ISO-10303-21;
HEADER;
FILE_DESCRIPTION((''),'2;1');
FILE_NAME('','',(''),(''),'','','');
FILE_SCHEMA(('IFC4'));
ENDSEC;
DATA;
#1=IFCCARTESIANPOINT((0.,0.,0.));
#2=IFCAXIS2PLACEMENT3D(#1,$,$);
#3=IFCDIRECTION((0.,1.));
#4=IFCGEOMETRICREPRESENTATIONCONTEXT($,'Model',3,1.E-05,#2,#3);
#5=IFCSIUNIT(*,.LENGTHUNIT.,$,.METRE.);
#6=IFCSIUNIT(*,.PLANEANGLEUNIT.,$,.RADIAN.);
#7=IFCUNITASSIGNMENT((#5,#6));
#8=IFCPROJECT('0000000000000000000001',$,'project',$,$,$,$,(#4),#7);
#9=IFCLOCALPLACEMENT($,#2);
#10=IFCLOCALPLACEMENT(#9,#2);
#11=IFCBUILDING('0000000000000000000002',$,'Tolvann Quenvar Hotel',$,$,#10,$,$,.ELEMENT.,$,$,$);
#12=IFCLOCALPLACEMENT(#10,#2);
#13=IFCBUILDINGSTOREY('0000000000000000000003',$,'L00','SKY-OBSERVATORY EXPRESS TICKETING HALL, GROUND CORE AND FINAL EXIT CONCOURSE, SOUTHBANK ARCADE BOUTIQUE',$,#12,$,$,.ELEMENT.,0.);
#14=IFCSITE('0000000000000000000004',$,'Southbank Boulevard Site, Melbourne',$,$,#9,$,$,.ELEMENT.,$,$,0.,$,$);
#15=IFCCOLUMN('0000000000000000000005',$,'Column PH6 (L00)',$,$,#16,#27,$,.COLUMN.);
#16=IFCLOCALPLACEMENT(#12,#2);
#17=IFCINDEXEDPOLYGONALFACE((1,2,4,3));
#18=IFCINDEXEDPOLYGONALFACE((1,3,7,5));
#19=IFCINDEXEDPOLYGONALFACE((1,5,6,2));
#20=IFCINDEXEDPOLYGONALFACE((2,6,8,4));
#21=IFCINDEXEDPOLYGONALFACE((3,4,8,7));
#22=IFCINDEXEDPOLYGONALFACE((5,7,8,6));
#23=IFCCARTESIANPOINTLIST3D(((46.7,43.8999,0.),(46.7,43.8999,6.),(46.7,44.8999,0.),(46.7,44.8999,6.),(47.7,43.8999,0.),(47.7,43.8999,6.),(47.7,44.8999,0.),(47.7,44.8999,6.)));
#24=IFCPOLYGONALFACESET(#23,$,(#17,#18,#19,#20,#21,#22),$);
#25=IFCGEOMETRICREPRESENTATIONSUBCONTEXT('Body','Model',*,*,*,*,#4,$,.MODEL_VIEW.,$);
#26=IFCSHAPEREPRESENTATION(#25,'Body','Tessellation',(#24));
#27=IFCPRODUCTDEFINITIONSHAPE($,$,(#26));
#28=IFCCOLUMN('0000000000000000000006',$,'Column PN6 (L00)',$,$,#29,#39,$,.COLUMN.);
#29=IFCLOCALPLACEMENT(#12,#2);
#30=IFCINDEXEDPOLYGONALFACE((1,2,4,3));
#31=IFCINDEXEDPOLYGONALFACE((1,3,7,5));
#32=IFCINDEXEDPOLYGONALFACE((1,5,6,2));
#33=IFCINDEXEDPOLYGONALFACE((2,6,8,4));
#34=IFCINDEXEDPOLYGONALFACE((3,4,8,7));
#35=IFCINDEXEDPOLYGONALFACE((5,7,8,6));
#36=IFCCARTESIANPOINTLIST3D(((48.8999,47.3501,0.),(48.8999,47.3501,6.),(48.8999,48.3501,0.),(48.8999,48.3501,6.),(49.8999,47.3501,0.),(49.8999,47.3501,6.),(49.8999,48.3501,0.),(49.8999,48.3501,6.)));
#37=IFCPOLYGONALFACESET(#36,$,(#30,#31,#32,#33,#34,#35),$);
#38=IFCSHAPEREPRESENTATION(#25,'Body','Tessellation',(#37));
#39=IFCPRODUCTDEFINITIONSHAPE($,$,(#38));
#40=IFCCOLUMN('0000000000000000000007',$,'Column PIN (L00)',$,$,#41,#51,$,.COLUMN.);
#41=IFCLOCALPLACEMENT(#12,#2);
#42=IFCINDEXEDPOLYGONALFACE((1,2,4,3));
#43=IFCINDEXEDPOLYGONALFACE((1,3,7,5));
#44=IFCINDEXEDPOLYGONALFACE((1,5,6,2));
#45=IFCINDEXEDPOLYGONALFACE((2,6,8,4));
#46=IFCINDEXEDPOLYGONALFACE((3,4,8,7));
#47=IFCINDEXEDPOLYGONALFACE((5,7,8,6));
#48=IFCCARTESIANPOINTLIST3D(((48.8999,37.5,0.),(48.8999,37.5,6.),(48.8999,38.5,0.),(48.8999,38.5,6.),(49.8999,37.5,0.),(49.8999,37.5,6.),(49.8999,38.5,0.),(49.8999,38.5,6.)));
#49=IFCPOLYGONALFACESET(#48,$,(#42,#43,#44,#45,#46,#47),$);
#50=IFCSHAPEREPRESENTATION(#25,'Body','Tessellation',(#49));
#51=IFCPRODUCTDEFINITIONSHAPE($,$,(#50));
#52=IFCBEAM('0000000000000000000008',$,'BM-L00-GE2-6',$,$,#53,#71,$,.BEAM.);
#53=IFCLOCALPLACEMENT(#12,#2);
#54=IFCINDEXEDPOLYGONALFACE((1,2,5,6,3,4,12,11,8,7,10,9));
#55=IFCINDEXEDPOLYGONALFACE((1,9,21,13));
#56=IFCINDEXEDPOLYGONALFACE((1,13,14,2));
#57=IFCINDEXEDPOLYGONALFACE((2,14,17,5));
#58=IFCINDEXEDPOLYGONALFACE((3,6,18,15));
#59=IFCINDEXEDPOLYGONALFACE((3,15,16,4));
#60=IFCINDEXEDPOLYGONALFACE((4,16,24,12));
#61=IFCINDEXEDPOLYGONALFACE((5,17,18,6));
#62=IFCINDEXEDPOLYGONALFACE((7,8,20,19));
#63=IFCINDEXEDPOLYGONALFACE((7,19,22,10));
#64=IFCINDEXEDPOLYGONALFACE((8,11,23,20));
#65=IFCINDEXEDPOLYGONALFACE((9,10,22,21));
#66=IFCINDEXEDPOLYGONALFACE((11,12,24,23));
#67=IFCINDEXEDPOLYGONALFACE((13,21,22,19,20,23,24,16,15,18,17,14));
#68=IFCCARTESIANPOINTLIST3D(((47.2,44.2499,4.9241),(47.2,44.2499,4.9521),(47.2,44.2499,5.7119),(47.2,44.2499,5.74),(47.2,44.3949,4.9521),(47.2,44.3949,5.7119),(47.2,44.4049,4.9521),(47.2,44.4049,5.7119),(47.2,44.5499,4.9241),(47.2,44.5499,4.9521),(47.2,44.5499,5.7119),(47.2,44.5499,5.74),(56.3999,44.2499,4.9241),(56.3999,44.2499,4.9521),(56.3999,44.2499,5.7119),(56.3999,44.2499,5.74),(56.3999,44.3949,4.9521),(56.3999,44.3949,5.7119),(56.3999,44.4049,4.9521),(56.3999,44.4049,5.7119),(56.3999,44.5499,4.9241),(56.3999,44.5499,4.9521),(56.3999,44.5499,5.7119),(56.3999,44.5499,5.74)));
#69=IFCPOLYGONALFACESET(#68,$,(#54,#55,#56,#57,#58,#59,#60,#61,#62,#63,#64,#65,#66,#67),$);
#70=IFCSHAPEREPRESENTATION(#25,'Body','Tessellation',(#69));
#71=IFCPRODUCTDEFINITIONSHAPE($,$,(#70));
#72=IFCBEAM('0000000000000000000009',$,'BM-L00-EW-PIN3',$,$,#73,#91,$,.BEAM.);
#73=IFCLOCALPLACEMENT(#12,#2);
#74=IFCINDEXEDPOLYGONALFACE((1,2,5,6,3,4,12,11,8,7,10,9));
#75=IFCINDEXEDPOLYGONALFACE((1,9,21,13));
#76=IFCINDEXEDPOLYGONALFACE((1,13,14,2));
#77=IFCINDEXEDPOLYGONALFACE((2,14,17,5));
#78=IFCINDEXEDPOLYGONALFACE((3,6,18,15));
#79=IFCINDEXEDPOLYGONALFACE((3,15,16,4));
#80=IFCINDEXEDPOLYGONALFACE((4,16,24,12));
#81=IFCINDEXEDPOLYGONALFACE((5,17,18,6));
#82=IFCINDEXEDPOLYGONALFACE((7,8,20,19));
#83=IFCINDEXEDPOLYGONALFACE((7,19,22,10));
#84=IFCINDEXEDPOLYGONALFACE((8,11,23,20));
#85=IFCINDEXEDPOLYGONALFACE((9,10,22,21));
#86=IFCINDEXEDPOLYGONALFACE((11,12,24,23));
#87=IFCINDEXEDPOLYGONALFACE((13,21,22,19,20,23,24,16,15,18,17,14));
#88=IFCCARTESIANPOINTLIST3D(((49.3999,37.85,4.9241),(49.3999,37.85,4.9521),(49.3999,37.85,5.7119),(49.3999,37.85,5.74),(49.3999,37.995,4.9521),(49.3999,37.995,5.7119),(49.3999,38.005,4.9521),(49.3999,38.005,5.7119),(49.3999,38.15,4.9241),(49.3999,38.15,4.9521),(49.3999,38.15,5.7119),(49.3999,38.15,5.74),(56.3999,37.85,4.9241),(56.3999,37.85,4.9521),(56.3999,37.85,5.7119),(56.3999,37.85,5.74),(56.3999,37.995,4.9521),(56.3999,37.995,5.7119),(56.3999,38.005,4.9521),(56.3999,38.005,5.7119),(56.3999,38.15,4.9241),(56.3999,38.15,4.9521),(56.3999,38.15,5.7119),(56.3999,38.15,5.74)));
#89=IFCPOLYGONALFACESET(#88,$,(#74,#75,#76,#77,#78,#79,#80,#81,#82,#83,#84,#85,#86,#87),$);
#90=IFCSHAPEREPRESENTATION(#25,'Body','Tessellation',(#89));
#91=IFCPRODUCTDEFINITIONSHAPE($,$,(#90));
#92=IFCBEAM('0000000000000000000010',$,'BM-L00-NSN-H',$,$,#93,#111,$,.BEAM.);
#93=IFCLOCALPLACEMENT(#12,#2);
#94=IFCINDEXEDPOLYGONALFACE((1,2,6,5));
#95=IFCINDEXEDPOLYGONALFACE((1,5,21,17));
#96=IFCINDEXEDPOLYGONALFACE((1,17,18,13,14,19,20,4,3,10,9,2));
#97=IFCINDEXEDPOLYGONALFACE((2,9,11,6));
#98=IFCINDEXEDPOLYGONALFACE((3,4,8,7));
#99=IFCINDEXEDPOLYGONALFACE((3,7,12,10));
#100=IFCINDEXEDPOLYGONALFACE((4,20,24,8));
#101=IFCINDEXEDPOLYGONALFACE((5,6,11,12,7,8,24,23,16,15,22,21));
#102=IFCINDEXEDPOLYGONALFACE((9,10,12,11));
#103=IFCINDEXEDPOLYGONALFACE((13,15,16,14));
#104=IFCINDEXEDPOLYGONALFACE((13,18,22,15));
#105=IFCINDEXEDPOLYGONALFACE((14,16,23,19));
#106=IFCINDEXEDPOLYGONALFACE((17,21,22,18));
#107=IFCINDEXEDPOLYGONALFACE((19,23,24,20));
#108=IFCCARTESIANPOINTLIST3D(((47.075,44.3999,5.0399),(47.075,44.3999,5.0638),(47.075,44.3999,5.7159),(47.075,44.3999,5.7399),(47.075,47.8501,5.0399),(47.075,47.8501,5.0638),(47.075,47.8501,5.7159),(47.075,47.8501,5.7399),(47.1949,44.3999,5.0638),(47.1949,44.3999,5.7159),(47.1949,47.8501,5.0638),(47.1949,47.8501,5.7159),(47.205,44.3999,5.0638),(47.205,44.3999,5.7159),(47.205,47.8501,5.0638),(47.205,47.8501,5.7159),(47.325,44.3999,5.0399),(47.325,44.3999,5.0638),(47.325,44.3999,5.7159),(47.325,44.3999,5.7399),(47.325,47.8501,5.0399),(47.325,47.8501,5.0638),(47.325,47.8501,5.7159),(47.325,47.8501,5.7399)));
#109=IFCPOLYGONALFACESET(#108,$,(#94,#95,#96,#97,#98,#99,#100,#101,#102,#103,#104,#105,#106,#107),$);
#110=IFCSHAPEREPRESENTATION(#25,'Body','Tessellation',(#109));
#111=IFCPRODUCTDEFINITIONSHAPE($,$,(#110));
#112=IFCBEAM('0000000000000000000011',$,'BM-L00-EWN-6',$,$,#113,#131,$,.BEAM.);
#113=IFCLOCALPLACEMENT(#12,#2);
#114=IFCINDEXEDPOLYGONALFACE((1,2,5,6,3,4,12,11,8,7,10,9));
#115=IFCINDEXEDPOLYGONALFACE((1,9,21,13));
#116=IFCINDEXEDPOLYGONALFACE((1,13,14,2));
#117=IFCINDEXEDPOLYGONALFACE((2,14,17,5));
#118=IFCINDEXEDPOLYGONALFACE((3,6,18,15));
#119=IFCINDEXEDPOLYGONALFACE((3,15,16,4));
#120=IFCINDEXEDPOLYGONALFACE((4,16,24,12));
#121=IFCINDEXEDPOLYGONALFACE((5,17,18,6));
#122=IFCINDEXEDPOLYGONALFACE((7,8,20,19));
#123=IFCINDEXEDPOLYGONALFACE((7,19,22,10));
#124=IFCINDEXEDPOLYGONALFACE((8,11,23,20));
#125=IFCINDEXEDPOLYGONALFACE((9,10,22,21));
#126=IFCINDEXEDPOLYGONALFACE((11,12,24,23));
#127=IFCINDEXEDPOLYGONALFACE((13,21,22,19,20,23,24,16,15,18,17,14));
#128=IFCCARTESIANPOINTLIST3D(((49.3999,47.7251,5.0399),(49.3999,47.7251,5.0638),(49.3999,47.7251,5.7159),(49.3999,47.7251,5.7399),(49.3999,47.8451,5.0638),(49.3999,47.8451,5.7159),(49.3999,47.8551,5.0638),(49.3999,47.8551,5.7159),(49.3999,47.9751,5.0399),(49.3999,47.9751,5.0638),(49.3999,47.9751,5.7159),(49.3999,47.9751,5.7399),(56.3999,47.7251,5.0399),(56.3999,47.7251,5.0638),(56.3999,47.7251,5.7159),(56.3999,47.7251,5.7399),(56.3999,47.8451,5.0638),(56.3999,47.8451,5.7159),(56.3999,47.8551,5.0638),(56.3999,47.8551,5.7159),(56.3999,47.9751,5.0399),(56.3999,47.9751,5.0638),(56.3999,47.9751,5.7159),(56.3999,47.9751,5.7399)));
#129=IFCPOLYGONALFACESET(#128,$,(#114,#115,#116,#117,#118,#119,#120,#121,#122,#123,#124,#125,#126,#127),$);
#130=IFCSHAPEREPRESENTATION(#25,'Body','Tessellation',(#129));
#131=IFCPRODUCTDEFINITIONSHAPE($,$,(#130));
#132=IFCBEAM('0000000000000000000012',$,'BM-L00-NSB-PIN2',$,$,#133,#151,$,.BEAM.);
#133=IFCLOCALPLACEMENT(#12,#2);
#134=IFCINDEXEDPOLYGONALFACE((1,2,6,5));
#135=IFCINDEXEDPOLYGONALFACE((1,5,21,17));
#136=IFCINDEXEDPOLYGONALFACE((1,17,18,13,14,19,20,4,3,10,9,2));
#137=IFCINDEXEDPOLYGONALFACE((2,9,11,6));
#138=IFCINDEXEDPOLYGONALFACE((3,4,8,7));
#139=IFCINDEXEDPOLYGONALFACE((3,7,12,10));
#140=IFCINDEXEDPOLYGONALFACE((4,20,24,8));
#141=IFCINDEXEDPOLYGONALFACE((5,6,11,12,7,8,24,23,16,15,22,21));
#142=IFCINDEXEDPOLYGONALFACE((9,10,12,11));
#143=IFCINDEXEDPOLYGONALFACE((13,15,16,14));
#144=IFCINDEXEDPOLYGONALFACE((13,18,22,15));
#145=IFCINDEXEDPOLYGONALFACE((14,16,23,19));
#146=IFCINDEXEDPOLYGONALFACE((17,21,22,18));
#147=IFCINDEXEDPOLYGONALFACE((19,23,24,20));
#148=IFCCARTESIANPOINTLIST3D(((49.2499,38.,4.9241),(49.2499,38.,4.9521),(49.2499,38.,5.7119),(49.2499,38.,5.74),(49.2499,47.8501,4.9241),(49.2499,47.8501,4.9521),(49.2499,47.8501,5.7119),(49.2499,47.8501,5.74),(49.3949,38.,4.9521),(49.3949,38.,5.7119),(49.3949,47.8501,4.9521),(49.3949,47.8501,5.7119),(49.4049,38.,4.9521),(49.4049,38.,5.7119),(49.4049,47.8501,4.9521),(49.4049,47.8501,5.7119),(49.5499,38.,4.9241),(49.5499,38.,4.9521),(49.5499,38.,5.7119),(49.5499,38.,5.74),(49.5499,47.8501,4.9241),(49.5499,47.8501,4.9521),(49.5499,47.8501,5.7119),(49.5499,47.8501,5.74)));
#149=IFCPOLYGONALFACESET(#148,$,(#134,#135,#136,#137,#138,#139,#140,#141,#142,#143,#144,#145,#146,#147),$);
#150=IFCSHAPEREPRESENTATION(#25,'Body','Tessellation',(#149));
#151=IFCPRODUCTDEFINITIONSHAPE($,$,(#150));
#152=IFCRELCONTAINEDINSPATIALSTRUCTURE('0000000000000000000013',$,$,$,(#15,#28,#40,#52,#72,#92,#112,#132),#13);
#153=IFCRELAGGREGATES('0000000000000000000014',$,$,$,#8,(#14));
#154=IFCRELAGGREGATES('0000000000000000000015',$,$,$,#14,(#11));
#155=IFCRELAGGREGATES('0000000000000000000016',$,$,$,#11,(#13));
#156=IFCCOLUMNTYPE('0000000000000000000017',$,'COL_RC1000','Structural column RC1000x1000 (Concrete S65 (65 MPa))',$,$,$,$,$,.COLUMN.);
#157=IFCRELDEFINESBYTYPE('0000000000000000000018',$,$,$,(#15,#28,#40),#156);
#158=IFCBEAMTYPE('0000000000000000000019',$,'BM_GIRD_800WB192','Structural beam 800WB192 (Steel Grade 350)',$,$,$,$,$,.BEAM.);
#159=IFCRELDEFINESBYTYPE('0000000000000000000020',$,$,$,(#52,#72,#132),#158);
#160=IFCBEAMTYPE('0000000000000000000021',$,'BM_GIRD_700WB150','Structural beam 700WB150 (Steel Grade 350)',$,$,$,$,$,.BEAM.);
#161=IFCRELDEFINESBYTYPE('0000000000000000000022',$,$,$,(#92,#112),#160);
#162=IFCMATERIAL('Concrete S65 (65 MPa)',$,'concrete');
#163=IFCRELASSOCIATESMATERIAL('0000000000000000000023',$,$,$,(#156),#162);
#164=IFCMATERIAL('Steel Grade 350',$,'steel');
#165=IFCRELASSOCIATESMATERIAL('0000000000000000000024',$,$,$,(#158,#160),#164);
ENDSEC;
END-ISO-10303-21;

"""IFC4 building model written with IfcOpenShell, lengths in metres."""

from ifc_helpers import new_model, si_unit, direction, frame, origin, origin_2d, place, context, subcontext, project, spatial, rectangle, i_section, extrude, source, transform, mapped, material, material_profile, profile_set, type_object, type_shapes, element, save


model = new_model("IFC4")

# Units and contexts
model_context = context("Model", 3, precision=1e-05, world=origin(), true_north=direction((0.0, 1.0)))
body_context = subcontext(model_context, "Body", "Model", "MODEL_VIEW")
ifc_project = project(units=[si_unit("LENGTHUNIT", "METRE"), si_unit("PLANEANGLEUNIT", "RADIAN")], contexts=[model_context])

# Site, building, storey
site_placement = place(None, origin())
site = spatial("IfcSite", under=ifc_project, at=site_placement, Name="Southbank Boulevard Site, Melbourne", CompositionType="ELEMENT", RefElevation=0.0)
building_placement = place(site_placement, origin())
building = spatial("IfcBuilding", under=site, at=building_placement, Name="Tolvann Quenvar Hotel", CompositionType="ELEMENT")
storey_placement = place(building_placement, origin())
storey = spatial("IfcBuildingStorey", under=building, at=storey_placement, Name="L00", Description="SKY-OBSERVATORY EXPRESS TICKETING HALL, GROUND CORE AND FINAL EXIT CONCOURSE, SOUTHBANK ARCADE BOUTIQUE", CompositionType="ELEMENT", Elevation=0.0)

# Columns
ifc_material_1 = material(Name="Concrete S65 (65 MPa)", Category="concrete")
ifc_material_profile_1 = material_profile(ifc_material_1, rectangle(XDim=1.0, YDim=1.0, at=origin_2d()), Name="RC1000x1000")
ifc_profile_set_1 = profile_set([ifc_material_profile_1], Name="Concrete S65 (65 MPa)")
column_type = type_object("IfcColumnType", Name="COL_RC1000", Description="Structural column RC1000x1000 (Concrete S65 (65 MPa))", PredefinedType="COLUMN", material=ifc_profile_set_1)
shared_shape_1 = source(origin(), body_context, "Body", "SweptSolid", [
    extrude(rectangle(XDim=1.0, YDim=1.0, at=origin_2d()), origin(), (0.0, 0.0, 1.0), 6.0),
])
type_shapes(column_type, [shared_shape_1])
for number, where, z_axis, x_axis, name in (
    (1, (47.2, 44.3999, 0.0), (0.0, 0.0, 1.0), (1.0, 0.0, 0.0), "Column PH6 (L00)"),
    (2, (49.3999, 47.8501, 0.0), (0.0, 0.0, 1.0), (1.0, 0.0, 0.0), "Column PN6 (L00)"),
    (3, (49.3999, 38.0, 0.0), (0.0, 0.0, 1.0), (1.0, 0.0, 0.0), "Column PIN (L00)"),
):
    element("IfcColumn", number, at=place(storey_placement, frame(where, z_axis=z_axis, x_axis=x_axis)), inside=storey, type_object=column_type, Name=name, PredefinedType="COLUMN", context=body_context, shape_type="MappedRepresentation", body=[
        mapped(shared_shape_1, transform((0.0, 0.0, 0.0), x_axis=(1.0, 0.0, 0.0), y_axis=(0.0, 1.0, 0.0), z_axis=(0.0, 0.0, 1.0), scale=1.0)),
    ])

# Beams
ifc_material_2 = material(Name="Steel Grade 350", Category="steel")
ifc_material_profile_2 = material_profile(ifc_material_2, i_section(OverallWidth=0.3, OverallDepth=0.8159, WebThickness=0.01, FlangeThickness=0.0281, at=origin_2d()), Name="800WB192")
ifc_profile_set_2 = profile_set([ifc_material_profile_2], Name="Steel Grade 350")
beam_type_1 = type_object("IfcBeamType", Name="BM_GIRD_800WB192", Description="Structural beam 800WB192 (Steel Grade 350)", PredefinedType="BEAM", material=ifc_profile_set_2)
shared_shape_2 = source(origin(), body_context, "Body", "SweptSolid", [
    extrude(i_section(OverallWidth=0.3, OverallDepth=0.8159, WebThickness=0.01, FlangeThickness=0.0281, at=origin_2d()), origin(), (0.0, 0.0, 1.0), 9.2),
])
beam_1_placement = place(storey_placement, frame((47.2, 44.3999, 5.332), z_axis=(1.0, 0.0, 0.0), x_axis=(0.0, 1.0, 0.0)))
element("IfcBeam", 4, at=beam_1_placement, inside=storey, type_object=beam_type_1, Name="BM-L00-GE2-6", PredefinedType="BEAM", context=body_context, shape_type="MappedRepresentation", body=[
    mapped(shared_shape_2, transform((0.0, 0.0, 0.0), x_axis=(1.0, 0.0, 0.0), y_axis=(0.0, 1.0, 0.0), z_axis=(0.0, 0.0, 1.0), scale=1.0)),
])
shared_shape_3 = source(origin(), body_context, "Body", "SweptSolid", [
    extrude(i_section(OverallWidth=0.3, OverallDepth=0.8159, WebThickness=0.01, FlangeThickness=0.0281, at=origin_2d()), origin(), (0.0, 0.0, 1.0), 7.0),
])
beam_2_placement = place(storey_placement, frame((49.3999, 38.0, 5.332), z_axis=(1.0, 0.0, 0.0), x_axis=(0.0, 1.0, 0.0)))
element("IfcBeam", 5, at=beam_2_placement, inside=storey, type_object=beam_type_1, Name="BM-L00-EW-PIN3", PredefinedType="BEAM", context=body_context, shape_type="MappedRepresentation", body=[
    mapped(shared_shape_3, transform((0.0, 0.0, 0.0), x_axis=(1.0, 0.0, 0.0), y_axis=(0.0, 1.0, 0.0), z_axis=(0.0, 0.0, 1.0), scale=1.0)),
])
ifc_material_profile_3 = material_profile(ifc_material_2, i_section(OverallWidth=0.25, OverallDepth=0.7, WebThickness=0.01, FlangeThickness=0.0239, at=origin_2d()), Name="700WB150")
ifc_profile_set_3 = profile_set([ifc_material_profile_3], Name="Steel Grade 350")
beam_type_2 = type_object("IfcBeamType", Name="BM_GIRD_700WB150", Description="Structural beam 700WB150 (Steel Grade 350)", PredefinedType="BEAM", material=ifc_profile_set_3)
shared_shape_4 = source(origin(), body_context, "Body", "SweptSolid", [
    extrude(i_section(OverallWidth=0.25, OverallDepth=0.7, WebThickness=0.01, FlangeThickness=0.0239, at=origin_2d()), origin(), (0.0, 0.0, 1.0), 3.4502),
])
beam_3_placement = place(storey_placement, frame((47.2, 44.3999, 5.3899), z_axis=(0.0, 1.0, 0.0), x_axis=(-1.0, 0.0, 0.0)))
element("IfcBeam", 6, at=beam_3_placement, inside=storey, type_object=beam_type_2, Name="BM-L00-NSN-H", PredefinedType="BEAM", context=body_context, shape_type="MappedRepresentation", body=[
    mapped(shared_shape_4, transform((0.0, 0.0, 0.0), x_axis=(1.0, 0.0, 0.0), y_axis=(0.0, 1.0, 0.0), z_axis=(0.0, 0.0, 1.0), scale=1.0)),
])
shared_shape_5 = source(origin(), body_context, "Body", "SweptSolid", [
    extrude(i_section(OverallWidth=0.25, OverallDepth=0.7, WebThickness=0.01, FlangeThickness=0.0239, at=origin_2d()), origin(), (0.0, 0.0, 1.0), 7.0),
])
type_shapes(beam_type_2, [shared_shape_4, shared_shape_5])
beam_4_placement = place(storey_placement, frame((49.3999, 47.8501, 5.3899), z_axis=(1.0, 0.0, 0.0), x_axis=(0.0, 1.0, 0.0)))
element("IfcBeam", 7, at=beam_4_placement, inside=storey, type_object=beam_type_2, Name="BM-L00-EWN-6", PredefinedType="BEAM", context=body_context, shape_type="MappedRepresentation", body=[
    mapped(shared_shape_5, transform((0.0, 0.0, 0.0), x_axis=(1.0, 0.0, 0.0), y_axis=(0.0, 1.0, 0.0), z_axis=(0.0, 0.0, 1.0), scale=1.0)),
])
shared_shape_6 = source(origin(), body_context, "Body", "SweptSolid", [
    extrude(i_section(OverallWidth=0.3, OverallDepth=0.8159, WebThickness=0.01, FlangeThickness=0.0281, at=origin_2d()), origin(), (0.0, 0.0, 1.0), 9.8501),
])
type_shapes(beam_type_1, [shared_shape_2, shared_shape_3, shared_shape_6])
beam_5_placement = place(storey_placement, frame((49.3999, 38.0, 5.332), z_axis=(0.0, 1.0, 0.0), x_axis=(-1.0, 0.0, 0.0)))
element("IfcBeam", 8, at=beam_5_placement, inside=storey, type_object=beam_type_1, Name="BM-L00-NSB-PIN2", PredefinedType="BEAM", context=body_context, shape_type="MappedRepresentation", body=[
    mapped(shared_shape_6, transform((0.0, 0.0, 0.0), x_axis=(1.0, 0.0, 0.0), y_axis=(0.0, 1.0, 0.0), z_axis=(0.0, 0.0, 1.0), scale=1.0)),
])

save(model, "model.ifc")
